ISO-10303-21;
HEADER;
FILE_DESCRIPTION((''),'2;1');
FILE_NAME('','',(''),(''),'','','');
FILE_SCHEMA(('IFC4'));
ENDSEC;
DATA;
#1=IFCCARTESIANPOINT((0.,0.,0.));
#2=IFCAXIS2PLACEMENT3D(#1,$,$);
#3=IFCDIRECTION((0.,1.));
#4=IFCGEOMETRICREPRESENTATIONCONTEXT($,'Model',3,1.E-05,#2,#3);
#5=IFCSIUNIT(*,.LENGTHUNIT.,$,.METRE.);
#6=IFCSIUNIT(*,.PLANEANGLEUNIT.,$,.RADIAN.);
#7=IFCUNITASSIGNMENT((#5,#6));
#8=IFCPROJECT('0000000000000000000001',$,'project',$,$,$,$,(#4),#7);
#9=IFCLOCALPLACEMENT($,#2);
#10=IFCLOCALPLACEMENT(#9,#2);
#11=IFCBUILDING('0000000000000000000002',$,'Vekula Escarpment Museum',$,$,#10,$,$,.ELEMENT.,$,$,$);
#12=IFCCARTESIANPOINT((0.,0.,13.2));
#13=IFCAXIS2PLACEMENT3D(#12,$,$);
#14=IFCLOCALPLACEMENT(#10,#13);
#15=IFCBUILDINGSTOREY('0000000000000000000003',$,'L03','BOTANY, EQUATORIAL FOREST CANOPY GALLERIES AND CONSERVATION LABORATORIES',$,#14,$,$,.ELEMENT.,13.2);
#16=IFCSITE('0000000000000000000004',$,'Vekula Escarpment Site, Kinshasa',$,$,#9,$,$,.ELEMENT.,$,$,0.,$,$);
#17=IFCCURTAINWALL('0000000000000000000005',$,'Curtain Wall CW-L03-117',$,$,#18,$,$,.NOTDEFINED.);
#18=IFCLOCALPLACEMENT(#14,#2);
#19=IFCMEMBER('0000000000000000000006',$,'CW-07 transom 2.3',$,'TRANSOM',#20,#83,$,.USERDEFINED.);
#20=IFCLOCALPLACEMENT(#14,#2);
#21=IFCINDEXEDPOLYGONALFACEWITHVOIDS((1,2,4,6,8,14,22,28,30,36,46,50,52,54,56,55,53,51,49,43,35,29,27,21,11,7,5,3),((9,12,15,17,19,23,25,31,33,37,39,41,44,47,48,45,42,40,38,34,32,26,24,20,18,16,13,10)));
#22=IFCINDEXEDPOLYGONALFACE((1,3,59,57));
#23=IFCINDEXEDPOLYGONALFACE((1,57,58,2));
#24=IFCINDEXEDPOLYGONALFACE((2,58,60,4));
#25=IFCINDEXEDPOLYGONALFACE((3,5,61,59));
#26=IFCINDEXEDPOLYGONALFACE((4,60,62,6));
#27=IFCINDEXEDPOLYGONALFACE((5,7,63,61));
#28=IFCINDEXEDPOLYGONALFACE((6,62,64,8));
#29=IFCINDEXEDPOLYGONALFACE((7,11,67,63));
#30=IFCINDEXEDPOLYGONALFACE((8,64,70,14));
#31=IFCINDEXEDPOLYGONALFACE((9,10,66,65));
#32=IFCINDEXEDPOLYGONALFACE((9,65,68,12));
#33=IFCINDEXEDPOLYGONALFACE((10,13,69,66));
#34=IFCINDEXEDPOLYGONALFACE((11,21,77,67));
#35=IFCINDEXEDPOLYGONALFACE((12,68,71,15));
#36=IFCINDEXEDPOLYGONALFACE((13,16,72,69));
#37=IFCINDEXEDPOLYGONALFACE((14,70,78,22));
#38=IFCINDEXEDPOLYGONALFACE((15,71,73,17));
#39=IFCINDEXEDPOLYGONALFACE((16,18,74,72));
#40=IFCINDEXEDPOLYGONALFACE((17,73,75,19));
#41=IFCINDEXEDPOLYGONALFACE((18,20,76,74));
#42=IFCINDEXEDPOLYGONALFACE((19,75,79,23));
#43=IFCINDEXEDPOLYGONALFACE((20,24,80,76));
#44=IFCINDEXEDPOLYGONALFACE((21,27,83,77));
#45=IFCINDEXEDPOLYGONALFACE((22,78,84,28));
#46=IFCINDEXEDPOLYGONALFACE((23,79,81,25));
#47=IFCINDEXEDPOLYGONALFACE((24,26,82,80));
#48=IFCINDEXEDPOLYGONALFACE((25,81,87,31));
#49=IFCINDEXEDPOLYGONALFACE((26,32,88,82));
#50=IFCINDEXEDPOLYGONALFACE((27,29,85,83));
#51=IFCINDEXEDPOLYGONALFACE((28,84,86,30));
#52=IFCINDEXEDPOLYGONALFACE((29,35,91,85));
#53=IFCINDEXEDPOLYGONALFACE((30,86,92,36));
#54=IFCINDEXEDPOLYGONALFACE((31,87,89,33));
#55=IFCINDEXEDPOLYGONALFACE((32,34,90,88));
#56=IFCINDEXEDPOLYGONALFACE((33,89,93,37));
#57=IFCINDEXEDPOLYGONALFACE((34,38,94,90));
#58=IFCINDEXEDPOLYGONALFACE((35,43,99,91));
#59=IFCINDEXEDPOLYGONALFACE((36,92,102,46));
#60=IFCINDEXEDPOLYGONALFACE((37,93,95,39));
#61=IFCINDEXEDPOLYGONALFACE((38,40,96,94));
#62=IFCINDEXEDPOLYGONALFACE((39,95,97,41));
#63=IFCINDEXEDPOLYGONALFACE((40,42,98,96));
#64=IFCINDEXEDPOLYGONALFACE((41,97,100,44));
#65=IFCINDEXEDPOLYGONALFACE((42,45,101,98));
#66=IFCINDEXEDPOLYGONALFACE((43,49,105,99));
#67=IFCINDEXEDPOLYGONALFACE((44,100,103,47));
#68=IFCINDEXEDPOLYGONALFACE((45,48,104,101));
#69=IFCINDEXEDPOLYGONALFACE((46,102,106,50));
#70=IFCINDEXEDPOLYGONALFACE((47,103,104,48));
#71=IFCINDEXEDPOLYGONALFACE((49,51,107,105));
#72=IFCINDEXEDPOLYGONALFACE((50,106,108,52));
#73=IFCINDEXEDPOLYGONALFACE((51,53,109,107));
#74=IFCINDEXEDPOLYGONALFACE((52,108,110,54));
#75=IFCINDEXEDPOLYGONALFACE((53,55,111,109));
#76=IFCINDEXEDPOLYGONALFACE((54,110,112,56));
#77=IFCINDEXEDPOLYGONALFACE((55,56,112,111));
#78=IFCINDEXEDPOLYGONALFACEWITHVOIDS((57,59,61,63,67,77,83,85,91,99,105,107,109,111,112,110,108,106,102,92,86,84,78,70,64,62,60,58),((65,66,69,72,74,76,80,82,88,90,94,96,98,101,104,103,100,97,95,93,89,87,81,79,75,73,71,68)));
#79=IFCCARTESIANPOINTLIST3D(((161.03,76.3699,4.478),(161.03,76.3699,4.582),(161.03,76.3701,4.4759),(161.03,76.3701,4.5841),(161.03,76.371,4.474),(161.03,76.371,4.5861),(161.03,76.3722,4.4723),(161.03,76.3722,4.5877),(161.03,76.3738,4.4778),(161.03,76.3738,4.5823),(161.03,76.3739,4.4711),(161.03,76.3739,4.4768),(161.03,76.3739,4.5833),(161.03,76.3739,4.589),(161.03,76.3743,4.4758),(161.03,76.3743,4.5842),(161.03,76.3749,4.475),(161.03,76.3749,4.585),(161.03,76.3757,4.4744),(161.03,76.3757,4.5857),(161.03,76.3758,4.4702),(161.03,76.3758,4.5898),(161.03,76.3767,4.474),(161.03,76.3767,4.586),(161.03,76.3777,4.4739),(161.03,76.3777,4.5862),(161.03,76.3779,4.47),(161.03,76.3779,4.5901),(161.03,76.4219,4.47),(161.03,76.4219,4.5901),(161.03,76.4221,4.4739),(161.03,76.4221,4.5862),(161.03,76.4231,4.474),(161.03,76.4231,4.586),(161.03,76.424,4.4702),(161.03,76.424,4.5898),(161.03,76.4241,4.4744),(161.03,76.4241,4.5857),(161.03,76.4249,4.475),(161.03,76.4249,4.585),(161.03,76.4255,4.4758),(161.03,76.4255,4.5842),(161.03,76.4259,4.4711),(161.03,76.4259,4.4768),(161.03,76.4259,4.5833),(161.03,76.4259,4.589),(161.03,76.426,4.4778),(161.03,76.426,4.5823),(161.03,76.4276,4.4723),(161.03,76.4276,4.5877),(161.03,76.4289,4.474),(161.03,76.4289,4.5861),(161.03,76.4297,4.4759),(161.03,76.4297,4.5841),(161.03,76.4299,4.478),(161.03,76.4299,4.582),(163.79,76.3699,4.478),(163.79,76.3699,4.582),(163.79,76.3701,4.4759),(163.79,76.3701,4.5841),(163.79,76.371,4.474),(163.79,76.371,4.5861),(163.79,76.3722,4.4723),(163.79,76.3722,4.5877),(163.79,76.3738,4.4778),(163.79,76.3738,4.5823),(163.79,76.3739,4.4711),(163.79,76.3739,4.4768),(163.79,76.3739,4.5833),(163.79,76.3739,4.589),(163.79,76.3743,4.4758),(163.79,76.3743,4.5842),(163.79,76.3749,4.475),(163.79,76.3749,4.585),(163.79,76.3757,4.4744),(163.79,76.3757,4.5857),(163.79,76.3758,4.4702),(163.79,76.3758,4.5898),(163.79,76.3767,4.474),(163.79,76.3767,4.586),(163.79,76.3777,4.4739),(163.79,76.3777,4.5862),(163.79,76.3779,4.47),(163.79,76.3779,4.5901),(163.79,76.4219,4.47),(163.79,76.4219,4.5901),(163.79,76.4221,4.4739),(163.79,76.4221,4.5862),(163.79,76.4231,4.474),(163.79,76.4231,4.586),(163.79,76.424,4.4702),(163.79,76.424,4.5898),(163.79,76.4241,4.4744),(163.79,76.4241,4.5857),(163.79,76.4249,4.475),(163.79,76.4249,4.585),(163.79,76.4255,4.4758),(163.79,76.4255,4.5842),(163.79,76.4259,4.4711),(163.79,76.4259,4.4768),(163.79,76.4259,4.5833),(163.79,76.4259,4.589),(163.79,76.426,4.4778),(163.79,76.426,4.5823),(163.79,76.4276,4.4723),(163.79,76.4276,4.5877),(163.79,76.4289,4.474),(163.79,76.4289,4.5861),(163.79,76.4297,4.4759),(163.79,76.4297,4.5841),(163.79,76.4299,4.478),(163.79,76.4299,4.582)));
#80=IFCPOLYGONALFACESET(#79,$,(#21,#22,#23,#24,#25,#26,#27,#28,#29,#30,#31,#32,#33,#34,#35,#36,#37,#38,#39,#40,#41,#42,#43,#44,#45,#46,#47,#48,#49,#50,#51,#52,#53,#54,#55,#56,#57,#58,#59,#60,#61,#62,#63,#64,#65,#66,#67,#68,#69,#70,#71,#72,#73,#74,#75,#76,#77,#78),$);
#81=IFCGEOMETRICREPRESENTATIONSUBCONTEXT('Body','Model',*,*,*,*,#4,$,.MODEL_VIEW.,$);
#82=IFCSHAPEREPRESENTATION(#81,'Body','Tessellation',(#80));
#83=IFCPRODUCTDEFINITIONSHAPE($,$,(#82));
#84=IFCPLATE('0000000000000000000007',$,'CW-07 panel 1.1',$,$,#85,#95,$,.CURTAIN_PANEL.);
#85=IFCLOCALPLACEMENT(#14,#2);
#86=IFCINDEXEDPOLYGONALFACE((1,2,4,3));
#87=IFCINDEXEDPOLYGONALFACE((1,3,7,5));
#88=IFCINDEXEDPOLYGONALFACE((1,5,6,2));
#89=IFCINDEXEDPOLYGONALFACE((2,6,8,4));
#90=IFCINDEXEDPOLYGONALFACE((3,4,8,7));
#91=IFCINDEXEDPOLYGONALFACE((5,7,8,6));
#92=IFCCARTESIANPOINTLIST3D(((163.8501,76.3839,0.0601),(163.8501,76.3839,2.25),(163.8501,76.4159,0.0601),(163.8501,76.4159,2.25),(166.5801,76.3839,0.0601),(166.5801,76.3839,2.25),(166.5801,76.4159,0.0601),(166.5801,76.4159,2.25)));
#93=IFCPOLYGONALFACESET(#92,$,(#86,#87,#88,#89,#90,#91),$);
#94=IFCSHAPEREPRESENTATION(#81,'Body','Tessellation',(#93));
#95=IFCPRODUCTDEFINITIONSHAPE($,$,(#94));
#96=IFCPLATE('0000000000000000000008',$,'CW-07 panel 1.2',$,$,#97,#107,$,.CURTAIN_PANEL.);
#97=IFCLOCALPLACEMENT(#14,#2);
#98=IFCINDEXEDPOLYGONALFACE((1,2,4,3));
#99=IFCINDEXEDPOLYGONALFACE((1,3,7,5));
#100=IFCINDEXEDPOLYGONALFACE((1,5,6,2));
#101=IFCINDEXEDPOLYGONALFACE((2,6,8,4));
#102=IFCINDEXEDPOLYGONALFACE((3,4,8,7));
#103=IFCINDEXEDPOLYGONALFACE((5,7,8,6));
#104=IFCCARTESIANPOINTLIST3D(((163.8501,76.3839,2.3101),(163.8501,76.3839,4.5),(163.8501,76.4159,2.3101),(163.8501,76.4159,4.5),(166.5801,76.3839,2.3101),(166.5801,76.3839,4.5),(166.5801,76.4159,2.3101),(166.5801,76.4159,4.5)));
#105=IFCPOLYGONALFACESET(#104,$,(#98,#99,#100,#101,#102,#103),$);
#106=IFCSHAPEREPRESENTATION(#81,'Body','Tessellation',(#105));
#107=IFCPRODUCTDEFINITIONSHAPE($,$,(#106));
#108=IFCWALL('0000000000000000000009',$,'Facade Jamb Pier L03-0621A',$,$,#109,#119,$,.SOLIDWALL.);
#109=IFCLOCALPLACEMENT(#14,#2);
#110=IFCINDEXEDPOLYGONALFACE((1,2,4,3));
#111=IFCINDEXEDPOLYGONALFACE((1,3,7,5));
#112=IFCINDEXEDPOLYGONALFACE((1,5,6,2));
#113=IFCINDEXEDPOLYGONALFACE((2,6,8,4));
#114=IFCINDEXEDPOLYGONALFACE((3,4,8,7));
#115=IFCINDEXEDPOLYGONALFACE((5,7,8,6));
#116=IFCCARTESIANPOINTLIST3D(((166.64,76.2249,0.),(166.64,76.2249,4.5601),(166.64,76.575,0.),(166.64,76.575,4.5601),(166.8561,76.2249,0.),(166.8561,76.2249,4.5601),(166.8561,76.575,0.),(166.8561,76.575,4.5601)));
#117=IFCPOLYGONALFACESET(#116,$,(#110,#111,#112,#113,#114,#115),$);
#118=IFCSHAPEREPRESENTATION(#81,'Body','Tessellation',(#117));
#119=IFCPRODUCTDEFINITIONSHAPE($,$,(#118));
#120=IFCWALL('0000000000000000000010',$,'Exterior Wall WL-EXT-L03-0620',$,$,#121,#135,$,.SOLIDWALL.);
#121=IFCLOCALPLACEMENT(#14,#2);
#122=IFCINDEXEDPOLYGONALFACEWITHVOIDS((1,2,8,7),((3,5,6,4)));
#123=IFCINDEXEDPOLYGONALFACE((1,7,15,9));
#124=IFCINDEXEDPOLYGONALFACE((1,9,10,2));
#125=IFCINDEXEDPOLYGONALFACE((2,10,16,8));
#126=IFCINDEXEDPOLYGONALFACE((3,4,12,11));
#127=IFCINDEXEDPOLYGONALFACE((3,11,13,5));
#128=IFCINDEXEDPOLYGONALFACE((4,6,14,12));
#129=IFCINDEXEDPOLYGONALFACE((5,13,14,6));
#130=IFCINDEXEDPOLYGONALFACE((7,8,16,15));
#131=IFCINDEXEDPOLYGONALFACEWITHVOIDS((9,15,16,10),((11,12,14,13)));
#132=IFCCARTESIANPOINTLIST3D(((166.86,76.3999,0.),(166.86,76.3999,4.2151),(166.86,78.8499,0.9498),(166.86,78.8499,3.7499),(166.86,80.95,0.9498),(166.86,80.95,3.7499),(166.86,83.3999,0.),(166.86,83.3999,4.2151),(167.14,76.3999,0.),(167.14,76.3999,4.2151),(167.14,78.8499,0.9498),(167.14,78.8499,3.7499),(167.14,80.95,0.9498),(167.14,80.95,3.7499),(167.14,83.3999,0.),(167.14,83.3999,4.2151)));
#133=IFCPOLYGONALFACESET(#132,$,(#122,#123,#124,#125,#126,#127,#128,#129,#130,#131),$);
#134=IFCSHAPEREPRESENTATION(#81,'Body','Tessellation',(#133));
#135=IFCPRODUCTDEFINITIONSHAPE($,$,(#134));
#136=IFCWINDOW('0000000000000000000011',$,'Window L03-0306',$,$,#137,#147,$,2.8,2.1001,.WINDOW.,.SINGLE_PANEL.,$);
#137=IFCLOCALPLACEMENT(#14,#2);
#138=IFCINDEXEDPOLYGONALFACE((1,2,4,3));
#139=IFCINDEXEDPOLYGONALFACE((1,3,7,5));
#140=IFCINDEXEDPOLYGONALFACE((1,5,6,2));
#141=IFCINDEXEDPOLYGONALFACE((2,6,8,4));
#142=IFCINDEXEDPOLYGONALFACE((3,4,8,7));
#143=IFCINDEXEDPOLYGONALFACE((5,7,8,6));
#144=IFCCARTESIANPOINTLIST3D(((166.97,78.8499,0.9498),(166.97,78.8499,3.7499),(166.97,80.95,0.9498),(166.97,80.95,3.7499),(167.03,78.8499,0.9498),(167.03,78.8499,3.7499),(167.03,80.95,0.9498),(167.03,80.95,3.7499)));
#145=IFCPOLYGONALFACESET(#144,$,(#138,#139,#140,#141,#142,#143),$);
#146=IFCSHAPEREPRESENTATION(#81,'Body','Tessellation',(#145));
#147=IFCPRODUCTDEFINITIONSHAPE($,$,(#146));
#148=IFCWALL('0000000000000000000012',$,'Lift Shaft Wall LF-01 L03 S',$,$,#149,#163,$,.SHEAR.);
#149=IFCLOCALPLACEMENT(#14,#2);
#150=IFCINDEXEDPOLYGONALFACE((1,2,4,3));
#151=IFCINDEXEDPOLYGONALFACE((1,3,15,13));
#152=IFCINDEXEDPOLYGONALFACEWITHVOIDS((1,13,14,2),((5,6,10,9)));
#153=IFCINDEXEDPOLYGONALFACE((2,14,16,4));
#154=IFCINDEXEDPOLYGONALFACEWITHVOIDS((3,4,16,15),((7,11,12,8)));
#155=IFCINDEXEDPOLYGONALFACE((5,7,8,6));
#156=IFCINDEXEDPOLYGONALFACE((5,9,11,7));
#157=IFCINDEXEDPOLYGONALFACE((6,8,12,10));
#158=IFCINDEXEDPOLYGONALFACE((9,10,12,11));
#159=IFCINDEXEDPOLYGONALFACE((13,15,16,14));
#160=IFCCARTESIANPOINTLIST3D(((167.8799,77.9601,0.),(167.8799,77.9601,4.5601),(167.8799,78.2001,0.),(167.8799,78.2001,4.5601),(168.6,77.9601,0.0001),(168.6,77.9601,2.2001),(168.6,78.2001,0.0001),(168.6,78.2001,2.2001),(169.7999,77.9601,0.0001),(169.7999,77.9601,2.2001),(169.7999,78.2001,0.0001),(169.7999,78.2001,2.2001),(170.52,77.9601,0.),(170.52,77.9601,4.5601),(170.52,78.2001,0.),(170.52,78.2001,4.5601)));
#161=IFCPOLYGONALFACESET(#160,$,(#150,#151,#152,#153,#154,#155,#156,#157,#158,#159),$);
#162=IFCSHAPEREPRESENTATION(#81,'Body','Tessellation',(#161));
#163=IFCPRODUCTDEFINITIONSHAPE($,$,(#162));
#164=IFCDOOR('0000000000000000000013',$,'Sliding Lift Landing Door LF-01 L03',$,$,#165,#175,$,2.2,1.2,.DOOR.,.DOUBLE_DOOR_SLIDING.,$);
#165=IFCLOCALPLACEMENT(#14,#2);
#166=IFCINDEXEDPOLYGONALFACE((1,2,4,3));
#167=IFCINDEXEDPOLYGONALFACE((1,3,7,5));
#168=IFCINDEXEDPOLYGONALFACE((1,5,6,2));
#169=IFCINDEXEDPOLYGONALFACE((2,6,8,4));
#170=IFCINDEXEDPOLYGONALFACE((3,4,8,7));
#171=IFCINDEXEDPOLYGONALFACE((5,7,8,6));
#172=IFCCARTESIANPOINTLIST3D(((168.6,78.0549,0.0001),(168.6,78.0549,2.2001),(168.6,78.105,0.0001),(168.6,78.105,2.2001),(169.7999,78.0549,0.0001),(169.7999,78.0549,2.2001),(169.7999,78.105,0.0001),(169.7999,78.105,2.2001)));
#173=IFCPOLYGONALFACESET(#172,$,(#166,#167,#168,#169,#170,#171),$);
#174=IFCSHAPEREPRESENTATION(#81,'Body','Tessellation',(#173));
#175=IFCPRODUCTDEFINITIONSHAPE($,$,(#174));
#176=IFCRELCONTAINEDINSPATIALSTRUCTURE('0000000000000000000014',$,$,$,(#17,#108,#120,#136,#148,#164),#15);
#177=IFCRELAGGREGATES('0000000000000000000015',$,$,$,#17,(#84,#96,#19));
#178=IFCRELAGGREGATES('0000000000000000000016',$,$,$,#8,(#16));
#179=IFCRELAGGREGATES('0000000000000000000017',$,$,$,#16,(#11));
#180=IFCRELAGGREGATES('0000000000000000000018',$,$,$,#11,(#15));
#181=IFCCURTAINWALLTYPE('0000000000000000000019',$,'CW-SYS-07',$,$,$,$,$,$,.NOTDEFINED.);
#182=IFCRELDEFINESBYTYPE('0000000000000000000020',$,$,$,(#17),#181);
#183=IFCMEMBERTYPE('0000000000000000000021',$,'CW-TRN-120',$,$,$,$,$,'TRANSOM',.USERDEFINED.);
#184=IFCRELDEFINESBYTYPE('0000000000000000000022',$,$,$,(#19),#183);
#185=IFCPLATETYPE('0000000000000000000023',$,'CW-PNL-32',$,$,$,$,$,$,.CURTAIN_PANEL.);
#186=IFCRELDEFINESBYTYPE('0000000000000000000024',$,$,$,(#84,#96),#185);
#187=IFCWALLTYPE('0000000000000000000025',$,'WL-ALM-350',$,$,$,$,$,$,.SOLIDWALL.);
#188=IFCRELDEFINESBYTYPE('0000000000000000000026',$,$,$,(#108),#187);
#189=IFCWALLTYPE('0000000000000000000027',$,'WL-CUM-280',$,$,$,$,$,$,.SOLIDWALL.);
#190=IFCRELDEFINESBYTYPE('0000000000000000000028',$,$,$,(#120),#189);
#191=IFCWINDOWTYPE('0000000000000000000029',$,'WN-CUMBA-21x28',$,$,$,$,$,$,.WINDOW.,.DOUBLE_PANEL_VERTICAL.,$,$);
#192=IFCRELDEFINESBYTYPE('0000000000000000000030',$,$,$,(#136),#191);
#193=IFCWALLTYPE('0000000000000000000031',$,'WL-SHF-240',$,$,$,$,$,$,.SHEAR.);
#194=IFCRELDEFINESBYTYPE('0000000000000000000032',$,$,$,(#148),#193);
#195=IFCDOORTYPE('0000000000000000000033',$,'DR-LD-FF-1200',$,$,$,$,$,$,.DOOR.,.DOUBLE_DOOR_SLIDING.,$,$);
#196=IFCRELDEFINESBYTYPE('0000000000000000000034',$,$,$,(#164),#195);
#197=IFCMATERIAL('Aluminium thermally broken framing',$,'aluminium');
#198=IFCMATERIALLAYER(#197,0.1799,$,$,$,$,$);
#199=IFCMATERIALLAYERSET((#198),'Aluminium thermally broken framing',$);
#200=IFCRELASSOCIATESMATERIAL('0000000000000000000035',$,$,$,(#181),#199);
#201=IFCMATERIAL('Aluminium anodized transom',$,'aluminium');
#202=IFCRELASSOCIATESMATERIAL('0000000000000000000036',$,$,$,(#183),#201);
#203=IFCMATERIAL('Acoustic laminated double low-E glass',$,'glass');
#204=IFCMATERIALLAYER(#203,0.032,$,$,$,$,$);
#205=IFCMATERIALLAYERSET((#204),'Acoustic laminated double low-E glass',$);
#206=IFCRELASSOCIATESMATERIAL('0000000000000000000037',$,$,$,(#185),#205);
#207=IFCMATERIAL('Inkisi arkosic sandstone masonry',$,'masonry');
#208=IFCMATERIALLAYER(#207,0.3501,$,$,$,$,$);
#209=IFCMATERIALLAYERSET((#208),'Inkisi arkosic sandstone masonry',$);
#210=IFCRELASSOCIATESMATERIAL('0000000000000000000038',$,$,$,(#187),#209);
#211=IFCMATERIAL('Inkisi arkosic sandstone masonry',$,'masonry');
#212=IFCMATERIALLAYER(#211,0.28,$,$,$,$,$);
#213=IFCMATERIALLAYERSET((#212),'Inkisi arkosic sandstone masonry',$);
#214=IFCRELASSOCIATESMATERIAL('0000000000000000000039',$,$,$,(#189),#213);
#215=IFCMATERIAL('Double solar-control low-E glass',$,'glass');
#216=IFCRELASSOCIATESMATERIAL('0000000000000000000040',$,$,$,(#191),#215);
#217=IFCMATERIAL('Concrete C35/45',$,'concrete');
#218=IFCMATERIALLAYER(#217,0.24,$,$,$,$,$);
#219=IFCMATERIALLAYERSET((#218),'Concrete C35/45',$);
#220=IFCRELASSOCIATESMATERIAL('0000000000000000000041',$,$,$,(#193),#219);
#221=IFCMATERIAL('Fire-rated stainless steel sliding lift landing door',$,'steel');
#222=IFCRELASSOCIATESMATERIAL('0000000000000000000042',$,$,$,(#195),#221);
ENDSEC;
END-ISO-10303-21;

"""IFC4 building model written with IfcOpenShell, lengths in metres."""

from ifc_helpers import new_model, si_unit, direction, frame, frame_2d, origin, origin_2d, place, context, subcontext, project, spatial, rectangle, hollow_rectangle, extrude, material, layer, layer_set, material_profile, profile_set, type_object, element, fill, aggregate, save


model = new_model("IFC4")

# Units and contexts
model_context = context("Model", 3, precision=1e-05, world=origin(), true_north=direction((0.0, 1.0)))
body_context = subcontext(model_context, "Body", "Model", "MODEL_VIEW")
ifc_project = project(units=[si_unit("LENGTHUNIT", "METRE"), si_unit("PLANEANGLEUNIT", "RADIAN")], contexts=[model_context])

# Site, building, storey
site_placement = place(None, origin())
site = spatial("IfcSite", under=ifc_project, at=site_placement, Name="Vekula Escarpment Site, Kinshasa", CompositionType="ELEMENT", RefElevation=0.0)
building_placement = place(site_placement, origin())
building = spatial("IfcBuilding", under=site, at=building_placement, Name="Vekula Escarpment Museum", CompositionType="ELEMENT")
storey_placement = place(building_placement, frame((0.0, 0.0, 13.2)))
storey = spatial("IfcBuildingStorey", under=building, at=storey_placement, Name="L03", Description="BOTANY, EQUATORIAL FOREST CANOPY GALLERIES AND CONSERVATION LABORATORIES", CompositionType="ELEMENT", Elevation=13.2)

# Curtain wall, member, plates
ifc_material_1 = material(Name="Aluminium thermally broken framing", Category="aluminium")
ifc_layer_1 = layer(ifc_material_1, 0.1799)
ifc_layer_set_1 = layer_set([ifc_layer_1], Name="Aluminium thermally broken framing")
curtain_wall_type = type_object("IfcCurtainWallType", Name="CW-SYS-07", PredefinedType="NOTDEFINED", material=ifc_layer_set_1)
curtain_wall_placement = place(storey_placement, origin())
curtain_wall = element("IfcCurtainWall", 1, at=curtain_wall_placement, inside=storey, type_object=curtain_wall_type, Name="Curtain Wall CW-L03-117", PredefinedType="NOTDEFINED")
ifc_material_2 = material(Name="Aluminium anodized transom", Category="aluminium")
ifc_material_profile_1 = material_profile(ifc_material_2, hollow_rectangle(XDim=0.0601, YDim=0.1201, WallThickness=0.0039, InnerFilletRadius=0.0039, OuterFilletRadius=0.0081, at=origin_2d()), Name="ALU 120x60x4")
ifc_profile_set_1 = profile_set([ifc_material_profile_1], Name="Aluminium anodized transom")
member_type_1 = type_object("IfcMemberType", Name="CW-TRN-120", ElementType="TRANSOM", PredefinedType="USERDEFINED", material=ifc_profile_set_1)
member_1_placement = place(storey_placement, frame((163.79, 76.3999, 4.53), z_axis=(-1.0, 0.0, 0.0), x_axis=(0.0, -1.0, 0.0)))
member_1 = element("IfcMember", 2, at=member_1_placement, type_object=member_type_1, Name="CW-07 transom 2.3", ObjectType="TRANSOM", PredefinedType="USERDEFINED", context=body_context, shape_type="SweptSolid", body=[
    extrude(hollow_rectangle(XDim=0.0601, YDim=0.1201, WallThickness=0.0039, InnerFilletRadius=0.0039, OuterFilletRadius=0.0081, at=origin_2d()), origin(), (0.0, 0.0, 1.0), 2.76),
])
ifc_material_3 = material(Name="Acoustic laminated double low-E glass", Category="glass")
ifc_layer_2 = layer(ifc_material_3, 0.032)
ifc_layer_set_2 = layer_set([ifc_layer_2], Name="Acoustic laminated double low-E glass")
plate_type = type_object("IfcPlateType", Name="CW-PNL-32", PredefinedType="CURTAIN_PANEL", material=ifc_layer_set_2)
plate_1_placement = place(storey_placement, frame((165.2151, 76.3999, 0.0601), z_axis=(0.0, 0.0, 1.0), x_axis=(-1.0, 0.0, 0.0)))
plate_1 = element("IfcPlate", 3, at=plate_1_placement, type_object=plate_type, Name="CW-07 panel 1.1", PredefinedType="CURTAIN_PANEL", context=body_context, shape_type="SweptSolid", body=[
    extrude(rectangle(XDim=2.73, YDim=0.032, at=origin_2d()), origin(), (0.0, 0.0, 1.0), 2.1899),
])
plate_2_placement = place(storey_placement, frame((165.2151, 76.3999, 2.3101), z_axis=(0.0, 0.0, 1.0), x_axis=(-1.0, 0.0, 0.0)))
plate_2 = element("IfcPlate", 4, at=plate_2_placement, type_object=plate_type, Name="CW-07 panel 1.2", PredefinedType="CURTAIN_PANEL", context=body_context, shape_type="SweptSolid", body=[
    extrude(rectangle(XDim=2.73, YDim=0.032, at=origin_2d()), origin(), (0.0, 0.0, 1.0), 2.1899),
])
aggregate(curtain_wall, [plate_1, plate_2, member_1])

# Wall
ifc_material_4 = material(Name="Inkisi arkosic sandstone masonry", Category="masonry")
ifc_layer_3 = layer(ifc_material_4, 0.3501)
ifc_layer_set_3 = layer_set([ifc_layer_3], Name="Inkisi arkosic sandstone masonry")
wall_type_1 = type_object("IfcWallType", Name="WL-ALM-350", PredefinedType="SOLIDWALL", material=ifc_layer_set_3)
wall_1_placement = place(storey_placement, frame((166.856, 76.3999, 0.0), z_axis=(0.0, 0.0, 1.0), x_axis=(-1.0, 0.0, 0.0)))
element("IfcWall", 5, at=wall_1_placement, inside=storey, type_object=wall_type_1, Name="Facade Jamb Pier L03-0621A", PredefinedType="SOLIDWALL", context=body_context, shape_type="SweptSolid", body=[
    extrude(rectangle(XDim=0.2161, YDim=0.3501, at=frame_2d((0.1079, 0.0))), origin(), (0.0, 0.0, 1.0), 4.5601),
])

# Wall, opening, window
ifc_material_5 = material(Name="Inkisi arkosic sandstone masonry", Category="masonry")
ifc_layer_4 = layer(ifc_material_5, 0.28)
ifc_layer_set_4 = layer_set([ifc_layer_4], Name="Inkisi arkosic sandstone masonry")
wall_type_2 = type_object("IfcWallType", Name="WL-CUM-280", PredefinedType="SOLIDWALL", material=ifc_layer_set_4)
wall_2_placement = place(storey_placement, frame((167.0, 76.3999, 0.0), z_axis=(0.0, 0.0, 1.0), x_axis=(0.0, 1.0, 0.0)))
wall_2 = element("IfcWall", 6, at=wall_2_placement, inside=storey, type_object=wall_type_2, Name="Exterior Wall WL-EXT-L03-0620", PredefinedType="SOLIDWALL", context=body_context, shape_type="SweptSolid", body=[
    extrude(rectangle(XDim=7.0, YDim=0.28, at=frame_2d((3.5, 0.0))), origin(), (0.0, 0.0, 1.0), 4.2151),
])
opening_1_placement = place(wall_2_placement, frame((2.45, 0.0, 0.95)))
opening_1 = element("IfcOpeningElement", 7, at=opening_1_placement, cuts=wall_2, PredefinedType="OPENING", context=body_context, shape_type="SweptSolid", body=[
    extrude(rectangle(XDim=2.1001, YDim=2.8, at=frame_2d((1.05, 1.3999))), frame((0.0, 0.1499, 0.0), z_axis=(0.0, -1.0, 0.0), x_axis=(1.0, 0.0, 0.0)), (0.0, 0.0, 1.0), 0.3),
])
ifc_material_6 = material(Name="Double solar-control low-E glass", Category="glass")
window_type = type_object("IfcWindowType", Name="WN-CUMBA-21x28", PartitioningType="DOUBLE_PANEL_VERTICAL", PredefinedType="WINDOW", material=ifc_material_6)
window_placement = place(opening_1_placement, origin())
window = element("IfcWindow", 8, at=window_placement, inside=storey, type_object=window_type, Name="Window L03-0306", OverallHeight=2.8, OverallWidth=2.1001, PartitioningType="SINGLE_PANEL", PredefinedType="WINDOW", context=body_context, shape_type="SweptSolid", body=[
    extrude(rectangle(XDim=2.1001, YDim=2.8, at=frame_2d((1.05, 1.3999))), frame((0.0, 0.03, 0.0), z_axis=(0.0, -1.0, 0.0), x_axis=(1.0, 0.0, 0.0)), (0.0, 0.0, 1.0), 0.0601),
])
fill(opening_1, window)

# Wall, opening, door
ifc_material_7 = material(Name="Concrete C35/45", Category="concrete")
ifc_layer_5 = layer(ifc_material_7, 0.24)
ifc_layer_set_5 = layer_set([ifc_layer_5], Name="Concrete C35/45")
wall_type_3 = type_object("IfcWallType", Name="WL-SHF-240", PredefinedType="SHEAR", material=ifc_layer_set_5)
wall_3_placement = place(storey_placement, frame((167.8799, 78.0801, 0.0), z_axis=(0.0, 0.0, 1.0), x_axis=(1.0, 0.0, 0.0)))
wall_3 = element("IfcWall", 9, at=wall_3_placement, inside=storey, type_object=wall_type_3, Name="Lift Shaft Wall LF-01 L03 S", PredefinedType="SHEAR", context=body_context, shape_type="SweptSolid", body=[
    extrude(rectangle(XDim=2.6401, YDim=0.24, at=frame_2d((1.3201, 0.0))), origin(), (0.0, 0.0, 1.0), 4.5601),
])
opening_2_placement = place(wall_3_placement, frame((0.72, 0.0, 0.0)))
opening_2 = element("IfcOpeningElement", 10, at=opening_2_placement, cuts=wall_3, PredefinedType="OPENING", context=body_context, shape_type="SweptSolid", body=[
    extrude(rectangle(XDim=1.2, YDim=2.2, at=frame_2d((0.6001, 1.1001))), frame((0.0, 0.1299, 0.0), z_axis=(0.0, -1.0, 0.0), x_axis=(1.0, 0.0, 0.0)), (0.0, 0.0, 1.0), 0.26),
])
ifc_material_8 = material(Name="Fire-rated stainless steel sliding lift landing door", Category="steel")
door_type = type_object("IfcDoorType", Name="DR-LD-FF-1200", OperationType="DOUBLE_DOOR_SLIDING", PredefinedType="DOOR", material=ifc_material_8)
door_placement = place(opening_2_placement, origin())
door = element("IfcDoor", 11, at=door_placement, inside=storey, type_object=door_type, Name="Sliding Lift Landing Door LF-01 L03", OperationType="DOUBLE_DOOR_SLIDING", OverallHeight=2.2, OverallWidth=1.2, PredefinedType="DOOR", context=body_context, shape_type="SweptSolid", body=[
    extrude(rectangle(XDim=1.2, YDim=2.2, at=frame_2d((0.6001, 1.1001))), frame((0.0, 0.0249, 0.0), z_axis=(0.0, -1.0, 0.0), x_axis=(1.0, 0.0, 0.0)), (0.0, 0.0, 1.0), 0.05),
])
fill(opening_2, door)

save(model, "model.ifc")
